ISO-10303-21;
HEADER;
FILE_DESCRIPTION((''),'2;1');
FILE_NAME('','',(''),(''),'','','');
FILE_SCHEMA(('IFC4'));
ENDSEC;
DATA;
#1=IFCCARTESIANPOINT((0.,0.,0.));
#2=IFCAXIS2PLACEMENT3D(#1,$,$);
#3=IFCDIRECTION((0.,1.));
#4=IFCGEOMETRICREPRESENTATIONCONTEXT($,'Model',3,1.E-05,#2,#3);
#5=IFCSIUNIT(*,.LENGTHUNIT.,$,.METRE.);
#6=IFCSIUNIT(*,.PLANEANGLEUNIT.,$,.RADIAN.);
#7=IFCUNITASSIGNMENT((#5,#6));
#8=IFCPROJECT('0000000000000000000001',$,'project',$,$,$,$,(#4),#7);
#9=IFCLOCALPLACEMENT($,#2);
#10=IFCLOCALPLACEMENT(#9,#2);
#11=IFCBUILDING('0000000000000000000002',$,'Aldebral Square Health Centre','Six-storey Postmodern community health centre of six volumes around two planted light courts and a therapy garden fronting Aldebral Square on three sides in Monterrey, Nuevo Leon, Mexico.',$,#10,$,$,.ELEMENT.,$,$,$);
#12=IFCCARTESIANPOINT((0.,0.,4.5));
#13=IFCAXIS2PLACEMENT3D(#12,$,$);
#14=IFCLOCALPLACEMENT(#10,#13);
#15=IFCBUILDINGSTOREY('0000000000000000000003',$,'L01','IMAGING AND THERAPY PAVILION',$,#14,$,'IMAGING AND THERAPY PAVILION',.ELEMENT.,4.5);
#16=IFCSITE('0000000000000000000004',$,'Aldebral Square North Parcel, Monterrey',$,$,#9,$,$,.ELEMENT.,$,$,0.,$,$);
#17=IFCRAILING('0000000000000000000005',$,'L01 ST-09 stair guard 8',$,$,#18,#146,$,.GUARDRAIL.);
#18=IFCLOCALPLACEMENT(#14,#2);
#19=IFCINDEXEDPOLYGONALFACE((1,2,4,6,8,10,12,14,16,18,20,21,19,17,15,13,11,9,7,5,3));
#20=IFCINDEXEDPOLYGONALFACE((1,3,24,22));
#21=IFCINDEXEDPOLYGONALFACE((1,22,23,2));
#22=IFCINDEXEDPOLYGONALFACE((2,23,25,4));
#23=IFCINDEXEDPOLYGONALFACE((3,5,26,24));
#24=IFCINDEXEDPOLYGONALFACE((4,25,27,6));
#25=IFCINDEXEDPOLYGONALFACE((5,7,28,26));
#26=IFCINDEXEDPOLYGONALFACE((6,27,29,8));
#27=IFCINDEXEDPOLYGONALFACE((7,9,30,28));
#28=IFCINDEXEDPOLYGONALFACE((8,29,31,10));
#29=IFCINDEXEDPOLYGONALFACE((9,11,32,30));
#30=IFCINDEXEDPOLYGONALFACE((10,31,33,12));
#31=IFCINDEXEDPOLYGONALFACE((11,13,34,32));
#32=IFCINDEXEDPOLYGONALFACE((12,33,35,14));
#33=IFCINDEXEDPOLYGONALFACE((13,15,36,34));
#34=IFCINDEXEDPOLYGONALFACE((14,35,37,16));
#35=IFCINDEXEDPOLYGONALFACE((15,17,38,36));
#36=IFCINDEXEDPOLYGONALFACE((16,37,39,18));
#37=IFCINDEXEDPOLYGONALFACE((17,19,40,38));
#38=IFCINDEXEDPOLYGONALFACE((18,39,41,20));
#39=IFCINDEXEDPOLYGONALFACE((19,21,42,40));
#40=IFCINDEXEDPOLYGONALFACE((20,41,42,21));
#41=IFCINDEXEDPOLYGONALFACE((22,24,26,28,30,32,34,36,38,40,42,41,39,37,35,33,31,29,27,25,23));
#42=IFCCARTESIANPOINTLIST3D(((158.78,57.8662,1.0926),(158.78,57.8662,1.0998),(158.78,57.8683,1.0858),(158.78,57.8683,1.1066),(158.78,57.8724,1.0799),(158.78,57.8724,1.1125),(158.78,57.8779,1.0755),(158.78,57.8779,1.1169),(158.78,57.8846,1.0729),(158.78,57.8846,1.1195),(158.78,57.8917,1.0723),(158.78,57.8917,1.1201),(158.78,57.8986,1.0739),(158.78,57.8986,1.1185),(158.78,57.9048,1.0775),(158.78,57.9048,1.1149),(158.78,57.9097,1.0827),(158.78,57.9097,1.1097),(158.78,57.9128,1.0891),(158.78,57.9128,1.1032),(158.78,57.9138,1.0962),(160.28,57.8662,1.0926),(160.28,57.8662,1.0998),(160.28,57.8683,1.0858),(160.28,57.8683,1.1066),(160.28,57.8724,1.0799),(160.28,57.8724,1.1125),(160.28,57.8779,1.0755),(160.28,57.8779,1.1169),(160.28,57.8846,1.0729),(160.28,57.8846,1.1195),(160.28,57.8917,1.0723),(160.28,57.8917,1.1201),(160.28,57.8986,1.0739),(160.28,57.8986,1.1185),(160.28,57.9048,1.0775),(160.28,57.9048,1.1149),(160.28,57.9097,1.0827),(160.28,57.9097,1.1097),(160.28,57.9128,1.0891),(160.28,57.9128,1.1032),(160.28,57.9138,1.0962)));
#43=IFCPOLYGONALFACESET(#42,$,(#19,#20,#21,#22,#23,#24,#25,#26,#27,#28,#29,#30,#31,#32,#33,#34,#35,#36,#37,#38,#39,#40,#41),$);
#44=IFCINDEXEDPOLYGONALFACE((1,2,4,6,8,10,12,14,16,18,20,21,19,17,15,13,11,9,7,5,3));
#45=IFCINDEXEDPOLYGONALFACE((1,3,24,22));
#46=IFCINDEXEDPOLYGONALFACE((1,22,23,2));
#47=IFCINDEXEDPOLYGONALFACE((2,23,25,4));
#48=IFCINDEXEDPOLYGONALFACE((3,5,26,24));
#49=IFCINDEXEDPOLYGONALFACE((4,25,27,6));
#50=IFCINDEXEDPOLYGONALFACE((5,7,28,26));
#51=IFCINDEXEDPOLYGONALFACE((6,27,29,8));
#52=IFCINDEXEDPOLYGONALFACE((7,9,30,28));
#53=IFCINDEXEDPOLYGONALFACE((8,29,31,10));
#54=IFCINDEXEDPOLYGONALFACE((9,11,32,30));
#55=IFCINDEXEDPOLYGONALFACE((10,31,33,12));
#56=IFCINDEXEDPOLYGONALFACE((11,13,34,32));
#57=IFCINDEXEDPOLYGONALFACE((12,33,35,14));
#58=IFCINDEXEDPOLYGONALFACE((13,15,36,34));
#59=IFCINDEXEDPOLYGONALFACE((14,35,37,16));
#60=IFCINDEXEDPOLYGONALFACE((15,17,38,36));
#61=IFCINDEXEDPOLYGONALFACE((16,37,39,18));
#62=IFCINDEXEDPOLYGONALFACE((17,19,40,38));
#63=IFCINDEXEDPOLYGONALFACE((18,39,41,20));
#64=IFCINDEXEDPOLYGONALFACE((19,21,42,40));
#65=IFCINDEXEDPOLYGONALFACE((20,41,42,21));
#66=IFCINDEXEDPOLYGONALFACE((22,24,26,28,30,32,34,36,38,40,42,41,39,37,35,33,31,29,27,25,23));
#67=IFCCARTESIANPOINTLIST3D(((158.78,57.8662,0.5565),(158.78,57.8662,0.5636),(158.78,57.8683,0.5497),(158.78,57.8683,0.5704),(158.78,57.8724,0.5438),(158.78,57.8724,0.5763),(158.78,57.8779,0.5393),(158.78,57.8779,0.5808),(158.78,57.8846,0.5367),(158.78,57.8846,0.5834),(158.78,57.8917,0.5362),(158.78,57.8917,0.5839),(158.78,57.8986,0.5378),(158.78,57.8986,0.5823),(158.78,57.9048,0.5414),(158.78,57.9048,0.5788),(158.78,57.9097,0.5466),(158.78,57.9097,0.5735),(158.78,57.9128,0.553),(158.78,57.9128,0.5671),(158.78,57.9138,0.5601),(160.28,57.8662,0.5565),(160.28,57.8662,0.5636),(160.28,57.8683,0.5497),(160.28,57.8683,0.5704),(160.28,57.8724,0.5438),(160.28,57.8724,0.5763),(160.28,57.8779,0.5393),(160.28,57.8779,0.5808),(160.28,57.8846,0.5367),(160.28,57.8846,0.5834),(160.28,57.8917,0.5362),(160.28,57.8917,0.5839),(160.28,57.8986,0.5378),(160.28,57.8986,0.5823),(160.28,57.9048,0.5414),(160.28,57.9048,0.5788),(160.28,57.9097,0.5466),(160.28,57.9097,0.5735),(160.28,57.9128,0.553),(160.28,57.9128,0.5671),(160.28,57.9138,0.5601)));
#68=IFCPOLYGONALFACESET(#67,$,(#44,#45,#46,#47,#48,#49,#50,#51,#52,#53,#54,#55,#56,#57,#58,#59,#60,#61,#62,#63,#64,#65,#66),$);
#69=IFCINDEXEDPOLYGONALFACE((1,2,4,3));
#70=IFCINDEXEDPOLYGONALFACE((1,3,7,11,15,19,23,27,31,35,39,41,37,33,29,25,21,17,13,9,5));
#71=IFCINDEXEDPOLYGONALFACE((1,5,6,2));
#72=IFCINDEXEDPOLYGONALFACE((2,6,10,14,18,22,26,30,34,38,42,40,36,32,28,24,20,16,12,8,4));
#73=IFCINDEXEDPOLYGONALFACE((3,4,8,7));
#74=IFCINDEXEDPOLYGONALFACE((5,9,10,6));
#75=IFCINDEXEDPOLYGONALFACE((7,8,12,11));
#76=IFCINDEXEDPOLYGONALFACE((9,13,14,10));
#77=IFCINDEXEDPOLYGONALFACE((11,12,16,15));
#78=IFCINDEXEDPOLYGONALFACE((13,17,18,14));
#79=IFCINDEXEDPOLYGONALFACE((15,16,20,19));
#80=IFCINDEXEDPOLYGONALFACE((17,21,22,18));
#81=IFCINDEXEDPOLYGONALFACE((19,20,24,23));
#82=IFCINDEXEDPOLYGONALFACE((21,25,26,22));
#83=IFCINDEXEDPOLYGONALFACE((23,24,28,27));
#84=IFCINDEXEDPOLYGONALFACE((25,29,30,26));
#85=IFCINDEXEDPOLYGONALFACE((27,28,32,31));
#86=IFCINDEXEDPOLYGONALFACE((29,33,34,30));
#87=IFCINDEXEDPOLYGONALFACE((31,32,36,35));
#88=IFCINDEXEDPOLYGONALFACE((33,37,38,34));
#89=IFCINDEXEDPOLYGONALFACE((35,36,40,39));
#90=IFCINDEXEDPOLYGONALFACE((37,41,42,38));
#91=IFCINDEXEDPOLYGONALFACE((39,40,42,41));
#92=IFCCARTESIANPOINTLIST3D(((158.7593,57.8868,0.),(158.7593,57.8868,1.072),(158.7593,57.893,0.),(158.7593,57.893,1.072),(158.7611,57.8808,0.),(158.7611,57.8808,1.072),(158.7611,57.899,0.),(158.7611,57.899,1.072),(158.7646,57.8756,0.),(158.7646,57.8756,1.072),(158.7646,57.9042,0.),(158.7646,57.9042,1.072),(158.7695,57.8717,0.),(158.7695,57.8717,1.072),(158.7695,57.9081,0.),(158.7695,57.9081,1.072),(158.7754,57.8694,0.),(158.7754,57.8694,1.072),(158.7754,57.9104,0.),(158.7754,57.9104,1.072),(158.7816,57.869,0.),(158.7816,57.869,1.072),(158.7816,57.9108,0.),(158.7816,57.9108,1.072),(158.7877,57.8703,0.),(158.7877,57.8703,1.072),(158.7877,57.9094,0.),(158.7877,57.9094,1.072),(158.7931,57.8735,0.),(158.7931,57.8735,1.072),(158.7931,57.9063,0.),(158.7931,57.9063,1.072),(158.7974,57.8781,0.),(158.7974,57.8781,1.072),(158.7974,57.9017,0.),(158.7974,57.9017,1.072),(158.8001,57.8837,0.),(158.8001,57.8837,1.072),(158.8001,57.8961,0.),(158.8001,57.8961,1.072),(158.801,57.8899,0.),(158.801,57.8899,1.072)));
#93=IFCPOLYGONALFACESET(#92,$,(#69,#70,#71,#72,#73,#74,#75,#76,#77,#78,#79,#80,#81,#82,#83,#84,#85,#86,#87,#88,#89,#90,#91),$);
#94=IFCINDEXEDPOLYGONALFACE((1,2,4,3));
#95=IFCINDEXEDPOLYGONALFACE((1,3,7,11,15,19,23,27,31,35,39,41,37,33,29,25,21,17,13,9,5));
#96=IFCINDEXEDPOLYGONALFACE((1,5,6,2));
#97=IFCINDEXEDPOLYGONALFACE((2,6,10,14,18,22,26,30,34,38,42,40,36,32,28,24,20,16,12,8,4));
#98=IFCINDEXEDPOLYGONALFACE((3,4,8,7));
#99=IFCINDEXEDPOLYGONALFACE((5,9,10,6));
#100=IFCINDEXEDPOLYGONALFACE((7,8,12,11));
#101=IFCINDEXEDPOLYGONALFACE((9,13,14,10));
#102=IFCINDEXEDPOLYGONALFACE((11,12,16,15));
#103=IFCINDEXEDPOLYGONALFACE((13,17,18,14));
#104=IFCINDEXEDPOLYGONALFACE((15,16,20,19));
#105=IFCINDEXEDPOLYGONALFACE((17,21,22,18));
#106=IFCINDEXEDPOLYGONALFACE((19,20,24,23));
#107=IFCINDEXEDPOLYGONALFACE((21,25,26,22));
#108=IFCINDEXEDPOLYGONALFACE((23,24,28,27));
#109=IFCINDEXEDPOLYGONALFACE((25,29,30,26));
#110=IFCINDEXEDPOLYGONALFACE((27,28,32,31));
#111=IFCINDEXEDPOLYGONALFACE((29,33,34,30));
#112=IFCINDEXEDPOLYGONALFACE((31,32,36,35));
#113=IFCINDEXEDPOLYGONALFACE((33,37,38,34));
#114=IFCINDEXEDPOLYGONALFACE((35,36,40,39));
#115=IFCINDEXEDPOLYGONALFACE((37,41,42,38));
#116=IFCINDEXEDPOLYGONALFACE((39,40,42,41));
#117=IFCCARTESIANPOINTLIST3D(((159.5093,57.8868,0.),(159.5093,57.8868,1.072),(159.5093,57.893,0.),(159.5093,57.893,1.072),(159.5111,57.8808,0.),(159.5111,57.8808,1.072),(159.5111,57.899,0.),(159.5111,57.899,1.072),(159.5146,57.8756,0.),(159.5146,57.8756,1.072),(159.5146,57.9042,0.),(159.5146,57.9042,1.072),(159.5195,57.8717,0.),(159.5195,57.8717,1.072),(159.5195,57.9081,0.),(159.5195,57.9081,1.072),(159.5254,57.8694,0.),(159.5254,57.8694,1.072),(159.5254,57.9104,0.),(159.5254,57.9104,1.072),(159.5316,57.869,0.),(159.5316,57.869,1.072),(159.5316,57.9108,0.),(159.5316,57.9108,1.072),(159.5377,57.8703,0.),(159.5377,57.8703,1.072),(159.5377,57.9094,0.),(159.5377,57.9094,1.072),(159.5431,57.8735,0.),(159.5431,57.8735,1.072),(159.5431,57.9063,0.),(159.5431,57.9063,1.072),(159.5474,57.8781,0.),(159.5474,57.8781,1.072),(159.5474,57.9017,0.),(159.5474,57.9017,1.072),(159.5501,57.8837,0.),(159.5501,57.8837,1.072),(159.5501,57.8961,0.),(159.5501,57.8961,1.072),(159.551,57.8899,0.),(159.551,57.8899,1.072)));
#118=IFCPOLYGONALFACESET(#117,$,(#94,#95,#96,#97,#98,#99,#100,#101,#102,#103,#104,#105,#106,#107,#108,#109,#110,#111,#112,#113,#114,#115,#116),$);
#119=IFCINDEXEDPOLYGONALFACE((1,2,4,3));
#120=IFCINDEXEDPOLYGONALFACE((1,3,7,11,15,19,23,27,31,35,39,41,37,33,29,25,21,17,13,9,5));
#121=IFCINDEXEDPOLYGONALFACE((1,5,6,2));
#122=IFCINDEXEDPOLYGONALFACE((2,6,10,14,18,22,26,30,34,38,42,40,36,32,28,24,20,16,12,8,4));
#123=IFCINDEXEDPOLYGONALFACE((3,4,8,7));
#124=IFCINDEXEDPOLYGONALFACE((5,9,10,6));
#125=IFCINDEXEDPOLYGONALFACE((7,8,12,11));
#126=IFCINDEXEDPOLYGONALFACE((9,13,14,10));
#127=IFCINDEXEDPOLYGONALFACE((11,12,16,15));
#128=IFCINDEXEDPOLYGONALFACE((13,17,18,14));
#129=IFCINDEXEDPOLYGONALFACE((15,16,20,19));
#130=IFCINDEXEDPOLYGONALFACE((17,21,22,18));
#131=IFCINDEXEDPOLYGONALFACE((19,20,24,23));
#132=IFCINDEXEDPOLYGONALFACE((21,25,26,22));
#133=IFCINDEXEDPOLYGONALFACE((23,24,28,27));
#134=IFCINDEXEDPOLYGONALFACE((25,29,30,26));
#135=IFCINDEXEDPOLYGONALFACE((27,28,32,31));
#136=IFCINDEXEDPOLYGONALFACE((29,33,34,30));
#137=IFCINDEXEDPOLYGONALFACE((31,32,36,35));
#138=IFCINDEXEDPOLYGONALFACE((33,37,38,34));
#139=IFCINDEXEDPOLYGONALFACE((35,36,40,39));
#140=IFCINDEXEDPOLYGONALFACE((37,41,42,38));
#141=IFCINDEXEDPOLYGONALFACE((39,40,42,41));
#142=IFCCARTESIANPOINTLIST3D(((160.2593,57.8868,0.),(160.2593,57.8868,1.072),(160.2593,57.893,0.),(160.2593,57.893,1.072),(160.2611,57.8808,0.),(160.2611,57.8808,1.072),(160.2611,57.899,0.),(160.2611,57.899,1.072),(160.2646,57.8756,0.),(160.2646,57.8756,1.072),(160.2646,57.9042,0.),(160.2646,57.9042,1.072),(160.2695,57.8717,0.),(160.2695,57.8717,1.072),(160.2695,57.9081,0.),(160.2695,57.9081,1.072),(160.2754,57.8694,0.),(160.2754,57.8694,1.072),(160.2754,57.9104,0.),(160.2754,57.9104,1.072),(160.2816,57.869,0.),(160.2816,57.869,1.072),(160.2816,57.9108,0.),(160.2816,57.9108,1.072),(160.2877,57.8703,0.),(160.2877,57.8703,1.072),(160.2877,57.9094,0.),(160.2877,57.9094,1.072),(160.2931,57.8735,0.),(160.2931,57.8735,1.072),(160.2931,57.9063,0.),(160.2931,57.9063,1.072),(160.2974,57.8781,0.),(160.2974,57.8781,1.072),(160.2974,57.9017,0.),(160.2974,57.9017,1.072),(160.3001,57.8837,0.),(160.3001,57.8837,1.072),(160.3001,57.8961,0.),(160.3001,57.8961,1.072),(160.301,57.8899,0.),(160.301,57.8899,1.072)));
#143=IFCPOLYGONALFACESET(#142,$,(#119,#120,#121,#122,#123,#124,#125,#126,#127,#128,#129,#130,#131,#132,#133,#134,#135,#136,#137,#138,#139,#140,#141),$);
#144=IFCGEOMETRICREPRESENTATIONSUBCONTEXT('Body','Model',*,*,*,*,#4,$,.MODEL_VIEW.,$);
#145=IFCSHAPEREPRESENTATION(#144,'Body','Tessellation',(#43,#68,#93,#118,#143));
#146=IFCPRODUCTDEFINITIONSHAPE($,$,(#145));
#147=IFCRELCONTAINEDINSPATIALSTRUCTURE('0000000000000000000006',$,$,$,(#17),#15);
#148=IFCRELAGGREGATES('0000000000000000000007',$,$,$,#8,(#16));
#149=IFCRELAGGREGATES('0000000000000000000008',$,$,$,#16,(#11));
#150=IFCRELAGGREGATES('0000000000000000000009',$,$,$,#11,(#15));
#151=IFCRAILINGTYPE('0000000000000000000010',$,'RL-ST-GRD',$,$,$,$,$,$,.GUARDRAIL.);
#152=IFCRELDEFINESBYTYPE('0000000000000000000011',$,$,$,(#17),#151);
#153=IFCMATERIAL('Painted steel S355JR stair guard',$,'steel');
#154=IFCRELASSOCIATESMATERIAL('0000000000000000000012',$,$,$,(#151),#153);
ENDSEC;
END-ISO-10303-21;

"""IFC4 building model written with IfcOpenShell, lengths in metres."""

from ifc_helpers import new_model, si_unit, direction, frame, origin, origin_2d, place, context, subcontext, project, spatial, circle, extrude, material, type_object, element, save


model = new_model("IFC4")

# Units and contexts
model_context = context("Model", 3, precision=1e-05, world=origin(), true_north=direction((0.0, 1.0)))
body_context = subcontext(model_context, "Body", "Model", "MODEL_VIEW")
ifc_project = project(units=[si_unit("LENGTHUNIT", "METRE"), si_unit("PLANEANGLEUNIT", "RADIAN")], contexts=[model_context])

# Site, building, storey
site_placement = place(None, origin())
site = spatial("IfcSite", under=ifc_project, at=site_placement, Name="Aldebral Square North Parcel, Monterrey", CompositionType="ELEMENT", RefElevation=0.0)
building_placement = place(site_placement, origin())
building = spatial("IfcBuilding", under=site, at=building_placement, Name="Aldebral Square Health Centre", Description="Six-storey Postmodern community health centre of six volumes around two planted light courts and a therapy garden fronting Aldebral Square on three sides in Monterrey, Nuevo Leon, Mexico.", CompositionType="ELEMENT")
storey_placement = place(building_placement, frame((0.0, 0.0, 4.5)))
storey = spatial("IfcBuildingStorey", under=building, at=storey_placement, Name="L01", Description="IMAGING AND THERAPY PAVILION", LongName="IMAGING AND THERAPY PAVILION", CompositionType="ELEMENT", Elevation=4.5)

# Railing
ifc_material_1 = material(Name="Painted steel S355JR stair guard", Category="steel")
railing_type_1 = type_object("IfcRailingType", Name="RL-ST-GRD", PredefinedType="GUARDRAIL", material=ifc_material_1)
railing_1_placement = place(storey_placement, frame((158.78, 57.8899, 0.0)))
element("IfcRailing", 1, at=railing_1_placement, inside=storey, type_object=railing_type_1, Name="L01 ST-09 stair guard 8", PredefinedType="GUARDRAIL", context=body_context, shape_type="SweptSolid", body=[
    extrude(circle(Radius=0.0239, at=origin_2d()), frame((0.0, 0.0, 1.0962), z_axis=(1.0, 0.0, 0.0), x_axis=(0.0, 1.0, 0.0)), (0.0, 0.0, 1.0), 1.5),
    extrude(circle(Radius=0.0239, at=origin_2d()), frame((0.0, 0.0, 0.5601), z_axis=(1.0, 0.0, 0.0), x_axis=(0.0, 1.0, 0.0)), (0.0, 0.0, 1.0), 1.5),
    extrude(circle(Radius=0.021, at=origin_2d()), origin(), (0.0, 0.0, 1.0), 1.072),
    extrude(circle(Radius=0.021, at=origin_2d()), frame((0.75, 0.0, 0.0)), (0.0, 0.0, 1.0), 1.072),
    extrude(circle(Radius=0.021, at=origin_2d()), frame((1.5, 0.0, 0.0)), (0.0, 0.0, 1.0), 1.072),
])

save(model, "model.ifc")
